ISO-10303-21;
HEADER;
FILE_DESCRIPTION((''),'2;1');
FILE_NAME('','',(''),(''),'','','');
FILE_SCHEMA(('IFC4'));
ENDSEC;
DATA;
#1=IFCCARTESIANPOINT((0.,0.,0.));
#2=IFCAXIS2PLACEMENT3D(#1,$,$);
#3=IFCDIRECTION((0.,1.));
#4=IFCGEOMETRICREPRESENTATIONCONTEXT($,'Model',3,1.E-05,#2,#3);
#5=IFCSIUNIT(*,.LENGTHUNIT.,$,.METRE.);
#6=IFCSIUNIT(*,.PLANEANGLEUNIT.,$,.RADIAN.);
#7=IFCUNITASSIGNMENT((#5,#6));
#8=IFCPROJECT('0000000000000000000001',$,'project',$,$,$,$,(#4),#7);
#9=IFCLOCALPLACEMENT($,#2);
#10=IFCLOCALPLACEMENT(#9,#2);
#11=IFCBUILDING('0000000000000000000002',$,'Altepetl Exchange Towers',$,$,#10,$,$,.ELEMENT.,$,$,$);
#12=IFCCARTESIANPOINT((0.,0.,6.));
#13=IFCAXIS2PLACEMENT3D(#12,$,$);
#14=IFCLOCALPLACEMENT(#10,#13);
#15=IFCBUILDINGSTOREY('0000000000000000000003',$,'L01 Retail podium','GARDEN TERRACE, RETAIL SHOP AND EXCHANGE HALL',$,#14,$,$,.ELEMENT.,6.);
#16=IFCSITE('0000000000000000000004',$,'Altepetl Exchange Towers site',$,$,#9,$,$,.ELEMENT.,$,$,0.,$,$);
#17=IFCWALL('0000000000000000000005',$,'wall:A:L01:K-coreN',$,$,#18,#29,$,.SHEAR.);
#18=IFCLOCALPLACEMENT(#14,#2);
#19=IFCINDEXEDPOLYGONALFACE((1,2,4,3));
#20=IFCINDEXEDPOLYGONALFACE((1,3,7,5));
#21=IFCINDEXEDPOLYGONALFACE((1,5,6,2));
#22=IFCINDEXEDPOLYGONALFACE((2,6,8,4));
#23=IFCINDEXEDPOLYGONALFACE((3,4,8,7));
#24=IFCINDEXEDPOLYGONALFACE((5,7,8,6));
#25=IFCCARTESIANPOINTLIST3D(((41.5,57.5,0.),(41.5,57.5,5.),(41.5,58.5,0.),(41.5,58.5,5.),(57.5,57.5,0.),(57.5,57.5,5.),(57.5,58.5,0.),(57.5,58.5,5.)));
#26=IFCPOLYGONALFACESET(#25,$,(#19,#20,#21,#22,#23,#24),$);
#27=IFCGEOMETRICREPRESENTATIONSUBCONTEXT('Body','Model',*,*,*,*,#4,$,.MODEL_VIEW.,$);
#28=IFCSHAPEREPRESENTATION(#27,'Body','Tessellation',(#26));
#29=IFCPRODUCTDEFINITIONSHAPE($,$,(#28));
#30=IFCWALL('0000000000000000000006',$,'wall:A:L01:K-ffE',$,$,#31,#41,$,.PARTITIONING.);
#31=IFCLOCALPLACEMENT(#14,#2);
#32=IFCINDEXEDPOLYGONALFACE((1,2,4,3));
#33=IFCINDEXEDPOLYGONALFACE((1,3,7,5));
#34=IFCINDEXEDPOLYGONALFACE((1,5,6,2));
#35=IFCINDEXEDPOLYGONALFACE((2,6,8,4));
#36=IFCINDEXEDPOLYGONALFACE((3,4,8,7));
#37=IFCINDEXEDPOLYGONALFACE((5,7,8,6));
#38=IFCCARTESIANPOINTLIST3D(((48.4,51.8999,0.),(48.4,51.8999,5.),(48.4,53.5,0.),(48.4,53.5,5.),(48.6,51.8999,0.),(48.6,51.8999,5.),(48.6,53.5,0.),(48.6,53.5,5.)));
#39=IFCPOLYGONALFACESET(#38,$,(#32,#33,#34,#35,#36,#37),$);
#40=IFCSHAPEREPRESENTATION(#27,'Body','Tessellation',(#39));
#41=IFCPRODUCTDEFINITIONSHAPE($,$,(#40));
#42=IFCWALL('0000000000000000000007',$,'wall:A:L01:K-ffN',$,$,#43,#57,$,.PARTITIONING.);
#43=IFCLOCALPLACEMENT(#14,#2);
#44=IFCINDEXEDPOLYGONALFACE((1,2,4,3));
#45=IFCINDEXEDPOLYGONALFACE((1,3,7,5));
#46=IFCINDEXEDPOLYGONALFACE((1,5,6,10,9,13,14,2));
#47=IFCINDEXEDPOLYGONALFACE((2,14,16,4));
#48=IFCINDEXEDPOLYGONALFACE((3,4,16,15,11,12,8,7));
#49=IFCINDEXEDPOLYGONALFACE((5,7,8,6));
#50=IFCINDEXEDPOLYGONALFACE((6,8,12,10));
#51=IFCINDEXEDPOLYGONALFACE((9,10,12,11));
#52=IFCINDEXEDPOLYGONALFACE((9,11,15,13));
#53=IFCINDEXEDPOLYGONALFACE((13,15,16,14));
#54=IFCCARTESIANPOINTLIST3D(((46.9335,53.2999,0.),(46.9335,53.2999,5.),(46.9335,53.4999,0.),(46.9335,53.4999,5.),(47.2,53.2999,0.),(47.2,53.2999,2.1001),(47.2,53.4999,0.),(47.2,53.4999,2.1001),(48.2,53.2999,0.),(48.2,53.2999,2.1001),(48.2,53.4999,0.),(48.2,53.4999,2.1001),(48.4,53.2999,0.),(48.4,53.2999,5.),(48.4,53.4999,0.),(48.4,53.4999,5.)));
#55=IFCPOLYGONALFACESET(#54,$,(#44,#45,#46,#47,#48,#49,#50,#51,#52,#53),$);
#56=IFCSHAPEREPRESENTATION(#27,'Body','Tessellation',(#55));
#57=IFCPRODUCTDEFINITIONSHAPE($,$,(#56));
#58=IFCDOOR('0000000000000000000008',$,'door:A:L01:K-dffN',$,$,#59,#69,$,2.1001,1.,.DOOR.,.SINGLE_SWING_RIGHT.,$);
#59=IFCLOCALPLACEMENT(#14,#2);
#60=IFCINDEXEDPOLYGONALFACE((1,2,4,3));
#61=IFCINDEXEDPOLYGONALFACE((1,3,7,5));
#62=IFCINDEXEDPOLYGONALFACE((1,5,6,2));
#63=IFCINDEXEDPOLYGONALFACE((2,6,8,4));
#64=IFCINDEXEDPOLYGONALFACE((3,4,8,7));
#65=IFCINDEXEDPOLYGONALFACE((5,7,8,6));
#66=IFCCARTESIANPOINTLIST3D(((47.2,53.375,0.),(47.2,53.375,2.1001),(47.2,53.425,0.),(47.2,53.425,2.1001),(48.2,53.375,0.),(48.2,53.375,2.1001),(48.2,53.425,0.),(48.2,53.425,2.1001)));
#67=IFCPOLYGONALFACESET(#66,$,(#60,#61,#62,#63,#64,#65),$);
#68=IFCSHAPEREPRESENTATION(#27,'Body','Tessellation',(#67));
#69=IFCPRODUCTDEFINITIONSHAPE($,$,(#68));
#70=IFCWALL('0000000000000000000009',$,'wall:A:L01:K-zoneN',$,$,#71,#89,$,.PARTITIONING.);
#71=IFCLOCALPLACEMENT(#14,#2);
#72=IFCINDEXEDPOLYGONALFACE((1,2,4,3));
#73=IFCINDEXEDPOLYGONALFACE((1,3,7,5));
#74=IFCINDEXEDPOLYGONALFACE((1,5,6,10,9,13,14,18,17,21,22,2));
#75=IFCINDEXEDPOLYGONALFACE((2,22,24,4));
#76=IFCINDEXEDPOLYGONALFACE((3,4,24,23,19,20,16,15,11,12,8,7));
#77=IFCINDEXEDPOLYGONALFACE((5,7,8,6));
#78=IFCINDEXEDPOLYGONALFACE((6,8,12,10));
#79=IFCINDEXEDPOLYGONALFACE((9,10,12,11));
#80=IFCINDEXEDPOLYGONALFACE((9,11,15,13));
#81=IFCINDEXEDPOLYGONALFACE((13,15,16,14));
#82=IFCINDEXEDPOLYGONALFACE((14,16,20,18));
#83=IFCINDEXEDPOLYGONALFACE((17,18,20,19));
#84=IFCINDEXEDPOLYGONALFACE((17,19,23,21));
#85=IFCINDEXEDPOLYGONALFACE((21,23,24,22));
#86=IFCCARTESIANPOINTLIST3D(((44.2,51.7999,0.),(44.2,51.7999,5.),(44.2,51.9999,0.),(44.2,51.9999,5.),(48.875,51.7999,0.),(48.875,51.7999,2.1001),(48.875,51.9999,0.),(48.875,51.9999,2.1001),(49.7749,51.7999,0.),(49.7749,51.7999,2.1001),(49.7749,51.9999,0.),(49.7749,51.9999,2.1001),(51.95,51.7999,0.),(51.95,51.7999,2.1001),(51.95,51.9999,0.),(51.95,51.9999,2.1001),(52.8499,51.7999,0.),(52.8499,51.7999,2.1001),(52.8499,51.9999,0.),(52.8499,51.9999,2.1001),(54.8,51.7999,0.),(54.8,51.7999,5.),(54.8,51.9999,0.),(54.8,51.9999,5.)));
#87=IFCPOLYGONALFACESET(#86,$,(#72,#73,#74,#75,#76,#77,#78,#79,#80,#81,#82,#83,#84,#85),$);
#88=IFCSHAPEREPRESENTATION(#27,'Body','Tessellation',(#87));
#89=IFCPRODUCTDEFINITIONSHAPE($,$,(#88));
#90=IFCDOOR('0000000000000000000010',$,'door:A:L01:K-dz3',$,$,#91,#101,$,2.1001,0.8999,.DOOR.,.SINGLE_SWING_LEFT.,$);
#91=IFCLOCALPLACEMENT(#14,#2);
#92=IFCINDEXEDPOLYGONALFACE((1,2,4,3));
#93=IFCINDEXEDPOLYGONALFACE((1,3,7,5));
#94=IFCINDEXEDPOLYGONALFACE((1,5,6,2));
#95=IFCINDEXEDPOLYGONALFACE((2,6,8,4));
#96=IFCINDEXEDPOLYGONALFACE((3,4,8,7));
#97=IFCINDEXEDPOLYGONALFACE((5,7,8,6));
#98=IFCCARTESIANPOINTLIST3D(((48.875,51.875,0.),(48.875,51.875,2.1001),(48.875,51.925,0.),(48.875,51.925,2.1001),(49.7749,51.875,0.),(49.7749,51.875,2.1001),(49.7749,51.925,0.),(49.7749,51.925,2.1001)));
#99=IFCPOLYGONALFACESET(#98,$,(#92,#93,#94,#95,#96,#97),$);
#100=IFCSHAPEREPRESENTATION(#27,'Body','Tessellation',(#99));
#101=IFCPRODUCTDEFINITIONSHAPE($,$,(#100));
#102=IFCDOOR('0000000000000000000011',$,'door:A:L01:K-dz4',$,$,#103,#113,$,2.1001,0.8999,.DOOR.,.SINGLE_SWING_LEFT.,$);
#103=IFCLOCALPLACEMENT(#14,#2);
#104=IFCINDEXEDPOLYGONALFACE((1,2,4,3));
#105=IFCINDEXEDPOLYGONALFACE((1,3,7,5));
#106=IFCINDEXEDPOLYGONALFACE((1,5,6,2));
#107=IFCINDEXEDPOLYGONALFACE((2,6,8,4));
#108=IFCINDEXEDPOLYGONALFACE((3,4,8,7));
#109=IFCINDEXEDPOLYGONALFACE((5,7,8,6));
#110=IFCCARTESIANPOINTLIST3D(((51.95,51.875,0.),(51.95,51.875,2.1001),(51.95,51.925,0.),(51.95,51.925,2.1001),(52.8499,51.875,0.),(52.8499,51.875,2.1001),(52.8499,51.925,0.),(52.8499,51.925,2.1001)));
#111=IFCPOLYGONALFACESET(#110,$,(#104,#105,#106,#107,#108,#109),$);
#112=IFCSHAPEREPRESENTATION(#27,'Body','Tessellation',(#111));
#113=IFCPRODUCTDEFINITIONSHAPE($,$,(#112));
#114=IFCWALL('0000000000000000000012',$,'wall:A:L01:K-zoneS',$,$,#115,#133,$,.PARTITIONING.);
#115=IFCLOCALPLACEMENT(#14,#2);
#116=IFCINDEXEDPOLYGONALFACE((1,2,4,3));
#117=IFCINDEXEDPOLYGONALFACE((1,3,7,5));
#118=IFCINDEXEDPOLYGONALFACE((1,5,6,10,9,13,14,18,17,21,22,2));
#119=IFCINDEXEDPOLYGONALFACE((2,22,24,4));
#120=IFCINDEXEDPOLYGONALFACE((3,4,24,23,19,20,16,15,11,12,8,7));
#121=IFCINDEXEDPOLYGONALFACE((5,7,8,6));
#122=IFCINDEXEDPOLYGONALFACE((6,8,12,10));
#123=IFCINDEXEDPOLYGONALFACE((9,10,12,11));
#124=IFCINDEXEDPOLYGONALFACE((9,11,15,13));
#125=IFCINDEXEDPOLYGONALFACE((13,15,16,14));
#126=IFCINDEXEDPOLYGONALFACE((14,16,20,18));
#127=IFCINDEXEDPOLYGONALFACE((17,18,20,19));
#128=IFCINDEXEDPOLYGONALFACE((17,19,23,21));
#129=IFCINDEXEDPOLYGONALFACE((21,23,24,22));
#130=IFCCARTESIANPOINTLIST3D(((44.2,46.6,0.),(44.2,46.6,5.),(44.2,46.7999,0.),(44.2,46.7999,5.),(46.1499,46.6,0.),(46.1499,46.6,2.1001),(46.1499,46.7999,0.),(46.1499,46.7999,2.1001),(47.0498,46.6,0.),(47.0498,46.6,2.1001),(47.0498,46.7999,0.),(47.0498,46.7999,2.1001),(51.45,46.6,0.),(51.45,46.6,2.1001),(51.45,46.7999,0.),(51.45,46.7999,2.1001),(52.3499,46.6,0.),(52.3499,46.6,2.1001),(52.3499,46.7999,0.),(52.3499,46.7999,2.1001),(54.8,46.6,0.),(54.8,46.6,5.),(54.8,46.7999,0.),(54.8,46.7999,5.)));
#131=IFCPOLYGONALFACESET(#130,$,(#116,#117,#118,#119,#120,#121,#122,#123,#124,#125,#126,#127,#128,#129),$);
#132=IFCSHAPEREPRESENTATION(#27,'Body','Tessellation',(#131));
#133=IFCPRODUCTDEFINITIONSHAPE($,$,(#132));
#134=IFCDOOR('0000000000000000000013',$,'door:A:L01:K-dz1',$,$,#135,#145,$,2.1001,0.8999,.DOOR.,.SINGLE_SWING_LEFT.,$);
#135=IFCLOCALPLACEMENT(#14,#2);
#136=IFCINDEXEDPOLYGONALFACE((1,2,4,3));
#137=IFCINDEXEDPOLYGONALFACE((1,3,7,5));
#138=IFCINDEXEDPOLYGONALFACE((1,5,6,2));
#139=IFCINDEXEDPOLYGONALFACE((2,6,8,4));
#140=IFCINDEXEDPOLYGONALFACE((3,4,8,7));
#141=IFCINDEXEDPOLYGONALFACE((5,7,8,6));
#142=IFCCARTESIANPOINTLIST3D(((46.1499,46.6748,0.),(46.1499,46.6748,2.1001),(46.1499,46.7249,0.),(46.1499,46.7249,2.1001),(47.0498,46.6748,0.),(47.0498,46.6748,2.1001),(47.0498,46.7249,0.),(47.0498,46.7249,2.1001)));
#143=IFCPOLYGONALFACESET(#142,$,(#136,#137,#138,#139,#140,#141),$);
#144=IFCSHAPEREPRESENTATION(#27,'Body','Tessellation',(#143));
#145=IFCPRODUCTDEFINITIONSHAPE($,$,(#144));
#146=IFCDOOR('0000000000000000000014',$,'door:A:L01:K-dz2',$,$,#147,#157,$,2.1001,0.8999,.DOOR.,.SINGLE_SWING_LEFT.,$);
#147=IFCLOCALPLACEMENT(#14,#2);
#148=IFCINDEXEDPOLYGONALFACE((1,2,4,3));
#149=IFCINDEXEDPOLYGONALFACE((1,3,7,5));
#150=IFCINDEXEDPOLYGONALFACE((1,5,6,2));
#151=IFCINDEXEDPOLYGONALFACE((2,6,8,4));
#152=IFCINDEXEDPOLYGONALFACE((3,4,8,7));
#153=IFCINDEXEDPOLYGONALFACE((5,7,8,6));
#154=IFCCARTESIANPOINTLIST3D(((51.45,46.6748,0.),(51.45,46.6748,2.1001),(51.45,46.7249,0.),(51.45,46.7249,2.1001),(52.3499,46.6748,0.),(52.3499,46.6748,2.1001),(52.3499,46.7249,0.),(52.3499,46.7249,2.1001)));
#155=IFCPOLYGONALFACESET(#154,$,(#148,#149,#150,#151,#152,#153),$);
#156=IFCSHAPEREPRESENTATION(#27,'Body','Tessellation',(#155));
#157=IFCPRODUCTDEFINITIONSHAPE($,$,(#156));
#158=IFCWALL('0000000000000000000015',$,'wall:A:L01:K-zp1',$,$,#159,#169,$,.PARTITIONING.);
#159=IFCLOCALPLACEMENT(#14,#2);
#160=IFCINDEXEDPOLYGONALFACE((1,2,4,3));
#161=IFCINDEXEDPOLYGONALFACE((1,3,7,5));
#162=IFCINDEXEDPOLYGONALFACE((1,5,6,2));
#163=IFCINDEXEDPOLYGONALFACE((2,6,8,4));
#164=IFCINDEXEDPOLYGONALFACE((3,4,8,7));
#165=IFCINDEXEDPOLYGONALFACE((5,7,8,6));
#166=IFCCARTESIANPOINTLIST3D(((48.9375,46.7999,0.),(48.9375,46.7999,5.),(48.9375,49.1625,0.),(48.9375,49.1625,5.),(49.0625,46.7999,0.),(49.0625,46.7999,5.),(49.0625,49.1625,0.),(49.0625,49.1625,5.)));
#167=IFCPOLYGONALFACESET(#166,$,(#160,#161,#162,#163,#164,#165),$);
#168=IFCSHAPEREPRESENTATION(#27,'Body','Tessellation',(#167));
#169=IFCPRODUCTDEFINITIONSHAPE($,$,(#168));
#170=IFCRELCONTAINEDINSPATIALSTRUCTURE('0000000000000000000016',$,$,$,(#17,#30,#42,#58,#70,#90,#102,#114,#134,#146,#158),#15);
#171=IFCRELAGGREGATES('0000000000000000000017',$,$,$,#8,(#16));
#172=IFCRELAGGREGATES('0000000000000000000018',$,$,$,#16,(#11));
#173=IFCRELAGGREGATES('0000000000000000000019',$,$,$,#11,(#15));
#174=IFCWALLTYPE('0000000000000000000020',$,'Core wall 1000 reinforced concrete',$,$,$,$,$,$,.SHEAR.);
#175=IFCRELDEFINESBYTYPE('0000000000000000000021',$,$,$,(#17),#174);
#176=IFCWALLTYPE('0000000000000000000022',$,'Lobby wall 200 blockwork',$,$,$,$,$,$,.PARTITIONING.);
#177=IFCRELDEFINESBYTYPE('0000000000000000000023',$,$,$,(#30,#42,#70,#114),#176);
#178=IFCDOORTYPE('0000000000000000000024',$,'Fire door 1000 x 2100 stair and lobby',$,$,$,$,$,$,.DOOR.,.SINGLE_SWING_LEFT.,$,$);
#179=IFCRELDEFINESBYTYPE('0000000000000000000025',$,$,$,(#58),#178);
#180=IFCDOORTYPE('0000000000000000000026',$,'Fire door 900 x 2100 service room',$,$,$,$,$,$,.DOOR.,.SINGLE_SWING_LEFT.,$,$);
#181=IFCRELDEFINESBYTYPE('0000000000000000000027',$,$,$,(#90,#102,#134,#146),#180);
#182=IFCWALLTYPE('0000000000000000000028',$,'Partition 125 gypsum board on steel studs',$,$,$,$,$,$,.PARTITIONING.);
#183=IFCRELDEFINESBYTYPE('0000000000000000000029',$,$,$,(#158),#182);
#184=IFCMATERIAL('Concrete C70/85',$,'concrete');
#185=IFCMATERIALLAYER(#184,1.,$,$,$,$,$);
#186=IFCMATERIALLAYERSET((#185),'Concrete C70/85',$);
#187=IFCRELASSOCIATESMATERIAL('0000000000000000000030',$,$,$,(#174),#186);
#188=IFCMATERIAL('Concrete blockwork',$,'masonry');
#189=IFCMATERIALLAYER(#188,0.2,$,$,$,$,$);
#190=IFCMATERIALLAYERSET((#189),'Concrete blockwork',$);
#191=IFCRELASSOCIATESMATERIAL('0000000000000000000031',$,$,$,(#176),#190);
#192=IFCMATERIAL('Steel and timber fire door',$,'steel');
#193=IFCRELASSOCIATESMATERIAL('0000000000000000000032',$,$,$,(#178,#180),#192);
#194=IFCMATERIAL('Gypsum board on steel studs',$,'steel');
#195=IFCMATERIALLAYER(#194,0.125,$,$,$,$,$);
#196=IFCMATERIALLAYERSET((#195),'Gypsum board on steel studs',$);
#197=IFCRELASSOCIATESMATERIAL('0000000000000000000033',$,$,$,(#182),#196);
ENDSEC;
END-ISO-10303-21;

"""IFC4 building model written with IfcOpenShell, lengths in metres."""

from ifc_helpers import new_model, si_unit, direction, frame, frame_2d, origin, place, context, subcontext, project, spatial, rectangle, extrude, material, layer, layer_set, type_object, element, fill, save


model = new_model("IFC4")

# Units and contexts
model_context = context("Model", 3, precision=1e-05, world=origin(), true_north=direction((0.0, 1.0)))
body_context = subcontext(model_context, "Body", "Model", "MODEL_VIEW")
ifc_project = project(units=[si_unit("LENGTHUNIT", "METRE"), si_unit("PLANEANGLEUNIT", "RADIAN")], contexts=[model_context])

# Site, building, storey
site_placement = place(None, origin())
site = spatial("IfcSite", under=ifc_project, at=site_placement, Name="Altepetl Exchange Towers site", CompositionType="ELEMENT", RefElevation=0.0)
building_placement = place(site_placement, origin())
building = spatial("IfcBuilding", under=site, at=building_placement, Name="Altepetl Exchange Towers", CompositionType="ELEMENT")
storey_placement = place(building_placement, frame((0.0, 0.0, 6.0)))
storey = spatial("IfcBuildingStorey", under=building, at=storey_placement, Name="L01 Retail podium", Description="GARDEN TERRACE, RETAIL SHOP AND EXCHANGE HALL", CompositionType="ELEMENT", Elevation=6.0)

# Walls
ifc_material_1 = material(Name="Concrete C70/85", Category="concrete")
ifc_layer_1 = layer(ifc_material_1, 1.0)
ifc_layer_set_1 = layer_set([ifc_layer_1], Name="Concrete C70/85")
wall_type_1 = type_object("IfcWallType", Name="Core wall 1000 reinforced concrete", PredefinedType="SHEAR", material=ifc_layer_set_1)
wall_1_placement = place(storey_placement, frame((41.5, 58.0, 0.0)))
element("IfcWall", 1, at=wall_1_placement, inside=storey, type_object=wall_type_1, Name="wall:A:L01:K-coreN", PredefinedType="SHEAR", context=body_context, shape_type="SweptSolid", body=[
    extrude(rectangle(XDim=16.0, YDim=1.0, at=frame_2d((8.0, 0.0))), origin(), (0.0, 0.0, 1.0), 5.0),
])
ifc_material_2 = material(Name="Concrete blockwork", Category="masonry")
ifc_layer_2 = layer(ifc_material_2, 0.2)
ifc_layer_set_2 = layer_set([ifc_layer_2], Name="Concrete blockwork")
wall_type_2 = type_object("IfcWallType", Name="Lobby wall 200 blockwork", PredefinedType="PARTITIONING", material=ifc_layer_set_2)
wall_2_placement = place(storey_placement, frame((48.5, 51.8999, 0.0), z_axis=(0.0, 0.0, 1.0), x_axis=(0.0, 1.0, 0.0)))
element("IfcWall", 2, at=wall_2_placement, inside=storey, type_object=wall_type_2, Name="wall:A:L01:K-ffE", PredefinedType="PARTITIONING", context=body_context, shape_type="SweptSolid", body=[
    extrude(rectangle(XDim=1.6001, YDim=0.2, at=frame_2d((0.8, 0.0))), origin(), (0.0, 0.0, 1.0), 5.0),
])

# Wall, opening, door
wall_3_placement = place(storey_placement, frame((46.9333, 53.3999, 0.0)))
wall_3 = element("IfcWall", 3, at=wall_3_placement, inside=storey, type_object=wall_type_2, Name="wall:A:L01:K-ffN", PredefinedType="PARTITIONING", context=body_context, shape_type="SweptSolid", body=[
    extrude(rectangle(XDim=1.4666, YDim=0.2, at=frame_2d((0.7334, 0.0))), origin(), (0.0, 0.0, 1.0), 5.0),
])
opening_1_placement = place(wall_3_placement, frame((0.2666, 0.0, 0.0)))
opening_1 = element("IfcOpeningElement", 4, at=opening_1_placement, cuts=wall_3, PredefinedType="OPENING", context=body_context, shape_type="SweptSolid", body=[
    extrude(rectangle(XDim=1.0, YDim=2.1001, at=frame_2d((0.5, 1.05))), frame((0.0, 0.1099, 0.0), z_axis=(0.0, -1.0, 0.0), x_axis=(1.0, 0.0, 0.0)), (0.0, 0.0, 1.0), 0.22),
])
ifc_material_3 = material(Name="Steel and timber fire door", Category="steel")
door_type_1 = type_object("IfcDoorType", Name="Fire door 1000 x 2100 stair and lobby", OperationType="SINGLE_SWING_LEFT", PredefinedType="DOOR", material=ifc_material_3)
door_1_placement = place(opening_1_placement, frame((1.0, 0.0, 0.0), x_axis=(-1.0, 0.0, 0.0)))
door_1 = element("IfcDoor", 5, at=door_1_placement, inside=storey, type_object=door_type_1, Name="door:A:L01:K-dffN", OperationType="SINGLE_SWING_RIGHT", OverallHeight=2.1001, OverallWidth=1.0, PredefinedType="DOOR", context=body_context, shape_type="SweptSolid", body=[
    extrude(rectangle(XDim=1.0, YDim=2.1001, at=frame_2d((0.5, 1.05))), frame((0.0, 0.0249, 0.0), z_axis=(0.0, -1.0, 0.0), x_axis=(1.0, 0.0, 0.0)), (0.0, 0.0, 1.0), 0.05),
])
fill(opening_1, door_1)

# Walls, openings, doors
wall_4_placement = place(storey_placement, frame((44.2, 51.8999, 0.0)))
wall_4 = element("IfcWall", 6, at=wall_4_placement, inside=storey, type_object=wall_type_2, Name="wall:A:L01:K-zoneN", PredefinedType="PARTITIONING", context=body_context, shape_type="SweptSolid", body=[
    extrude(rectangle(XDim=10.6001, YDim=0.2, at=frame_2d((5.3, 0.0))), origin(), (0.0, 0.0, 1.0), 5.0),
])
opening_2_placement = place(wall_4_placement, frame((4.675, 0.0, 0.0)))
opening_2 = element("IfcOpeningElement", 7, at=opening_2_placement, cuts=wall_4, PredefinedType="OPENING", context=body_context, shape_type="SweptSolid", body=[
    extrude(rectangle(XDim=0.8999, YDim=2.1001, at=frame_2d((0.45, 1.05))), frame((0.0, 0.1099, 0.0), z_axis=(0.0, -1.0, 0.0), x_axis=(1.0, 0.0, 0.0)), (0.0, 0.0, 1.0), 0.22),
])
opening_3_placement = place(wall_4_placement, frame((7.75, 0.0, 0.0)))
opening_3 = element("IfcOpeningElement", 8, at=opening_3_placement, cuts=wall_4, PredefinedType="OPENING", context=body_context, shape_type="SweptSolid", body=[
    extrude(rectangle(XDim=0.8999, YDim=2.1001, at=frame_2d((0.45, 1.05))), frame((0.0, 0.1099, 0.0), z_axis=(0.0, -1.0, 0.0), x_axis=(1.0, 0.0, 0.0)), (0.0, 0.0, 1.0), 0.22),
])
door_type_2 = type_object("IfcDoorType", Name="Fire door 900 x 2100 service room", OperationType="SINGLE_SWING_LEFT", PredefinedType="DOOR", material=ifc_material_3)
door_2_placement = place(opening_2_placement, frame((0.8999, 0.0, 0.0), x_axis=(-1.0, 0.0, 0.0)))
door_2 = element("IfcDoor", 9, at=door_2_placement, inside=storey, type_object=door_type_2, Name="door:A:L01:K-dz3", OperationType="SINGLE_SWING_LEFT", OverallHeight=2.1001, OverallWidth=0.8999, PredefinedType="DOOR", context=body_context, shape_type="SweptSolid", body=[
    extrude(rectangle(XDim=0.8999, YDim=2.1001, at=frame_2d((0.45, 1.05))), frame((0.0, 0.0249, 0.0), z_axis=(0.0, -1.0, 0.0), x_axis=(1.0, 0.0, 0.0)), (0.0, 0.0, 1.0), 0.05),
])
fill(opening_2, door_2)
door_3_placement = place(opening_3_placement, frame((0.8999, 0.0, 0.0), x_axis=(-1.0, 0.0, 0.0)))
door_3 = element("IfcDoor", 10, at=door_3_placement, inside=storey, type_object=door_type_2, Name="door:A:L01:K-dz4", OperationType="SINGLE_SWING_LEFT", OverallHeight=2.1001, OverallWidth=0.8999, PredefinedType="DOOR", context=body_context, shape_type="SweptSolid", body=[
    extrude(rectangle(XDim=0.8999, YDim=2.1001, at=frame_2d((0.45, 1.05))), frame((0.0, 0.0249, 0.0), z_axis=(0.0, -1.0, 0.0), x_axis=(1.0, 0.0, 0.0)), (0.0, 0.0, 1.0), 0.05),
])
fill(opening_3, door_3)
wall_5_placement = place(storey_placement, frame((44.2, 46.7, 0.0)))
wall_5 = element("IfcWall", 11, at=wall_5_placement, inside=storey, type_object=wall_type_2, Name="wall:A:L01:K-zoneS", PredefinedType="PARTITIONING", context=body_context, shape_type="SweptSolid", body=[
    extrude(rectangle(XDim=10.6001, YDim=0.2, at=frame_2d((5.3, 0.0))), origin(), (0.0, 0.0, 1.0), 5.0),
])
opening_4_placement = place(wall_5_placement, frame((1.95, 0.0, 0.0)))
opening_4 = element("IfcOpeningElement", 12, at=opening_4_placement, cuts=wall_5, PredefinedType="OPENING", context=body_context, shape_type="SweptSolid", body=[
    extrude(rectangle(XDim=0.8999, YDim=2.1001, at=frame_2d((0.45, 1.05))), frame((0.0, 0.1099, 0.0), z_axis=(0.0, -1.0, 0.0), x_axis=(1.0, 0.0, 0.0)), (0.0, 0.0, 1.0), 0.22),
])
opening_5_placement = place(wall_5_placement, frame((7.25, 0.0, 0.0)))
opening_5 = element("IfcOpeningElement", 13, at=opening_5_placement, cuts=wall_5, PredefinedType="OPENING", context=body_context, shape_type="SweptSolid", body=[
    extrude(rectangle(XDim=0.8999, YDim=2.1001, at=frame_2d((0.45, 1.05))), frame((0.0, 0.1099, 0.0), z_axis=(0.0, -1.0, 0.0), x_axis=(1.0, 0.0, 0.0)), (0.0, 0.0, 1.0), 0.22),
])
door_4_placement = place(opening_4_placement, origin())
door_4 = element("IfcDoor", 14, at=door_4_placement, inside=storey, type_object=door_type_2, Name="door:A:L01:K-dz1", OperationType="SINGLE_SWING_LEFT", OverallHeight=2.1001, OverallWidth=0.8999, PredefinedType="DOOR", context=body_context, shape_type="SweptSolid", body=[
    extrude(rectangle(XDim=0.8999, YDim=2.1001, at=frame_2d((0.45, 1.05))), frame((0.0, 0.0249, 0.0), z_axis=(0.0, -1.0, 0.0), x_axis=(1.0, 0.0, 0.0)), (0.0, 0.0, 1.0), 0.05),
])
fill(opening_4, door_4)
door_5_placement = place(opening_5_placement, origin())
door_5 = element("IfcDoor", 15, at=door_5_placement, inside=storey, type_object=door_type_2, Name="door:A:L01:K-dz2", OperationType="SINGLE_SWING_LEFT", OverallHeight=2.1001, OverallWidth=0.8999, PredefinedType="DOOR", context=body_context, shape_type="SweptSolid", body=[
    extrude(rectangle(XDim=0.8999, YDim=2.1001, at=frame_2d((0.45, 1.05))), frame((0.0, 0.0249, 0.0), z_axis=(0.0, -1.0, 0.0), x_axis=(1.0, 0.0, 0.0)), (0.0, 0.0, 1.0), 0.05),
])
fill(opening_5, door_5)

# Wall
ifc_material_4 = material(Name="Gypsum board on steel studs", Category="steel")
ifc_layer_3 = layer(ifc_material_4, 0.125)
ifc_layer_set_3 = layer_set([ifc_layer_3], Name="Gypsum board on steel studs")
wall_type_3 = type_object("IfcWallType", Name="Partition 125 gypsum board on steel studs", PredefinedType="PARTITIONING", material=ifc_layer_set_3)
wall_6_placement = place(storey_placement, frame((49.0, 46.8, 0.0), z_axis=(0.0, 0.0, 1.0), x_axis=(0.0, 1.0, 0.0)))
element("IfcWall", 16, at=wall_6_placement, inside=storey, type_object=wall_type_3, Name="wall:A:L01:K-zp1", PredefinedType="PARTITIONING", context=body_context, shape_type="SweptSolid", body=[
    extrude(rectangle(XDim=2.3625, YDim=0.125, at=frame_2d((1.1812, 0.0))), origin(), (0.0, 0.0, 1.0), 5.0),
])

save(model, "model.ifc")
